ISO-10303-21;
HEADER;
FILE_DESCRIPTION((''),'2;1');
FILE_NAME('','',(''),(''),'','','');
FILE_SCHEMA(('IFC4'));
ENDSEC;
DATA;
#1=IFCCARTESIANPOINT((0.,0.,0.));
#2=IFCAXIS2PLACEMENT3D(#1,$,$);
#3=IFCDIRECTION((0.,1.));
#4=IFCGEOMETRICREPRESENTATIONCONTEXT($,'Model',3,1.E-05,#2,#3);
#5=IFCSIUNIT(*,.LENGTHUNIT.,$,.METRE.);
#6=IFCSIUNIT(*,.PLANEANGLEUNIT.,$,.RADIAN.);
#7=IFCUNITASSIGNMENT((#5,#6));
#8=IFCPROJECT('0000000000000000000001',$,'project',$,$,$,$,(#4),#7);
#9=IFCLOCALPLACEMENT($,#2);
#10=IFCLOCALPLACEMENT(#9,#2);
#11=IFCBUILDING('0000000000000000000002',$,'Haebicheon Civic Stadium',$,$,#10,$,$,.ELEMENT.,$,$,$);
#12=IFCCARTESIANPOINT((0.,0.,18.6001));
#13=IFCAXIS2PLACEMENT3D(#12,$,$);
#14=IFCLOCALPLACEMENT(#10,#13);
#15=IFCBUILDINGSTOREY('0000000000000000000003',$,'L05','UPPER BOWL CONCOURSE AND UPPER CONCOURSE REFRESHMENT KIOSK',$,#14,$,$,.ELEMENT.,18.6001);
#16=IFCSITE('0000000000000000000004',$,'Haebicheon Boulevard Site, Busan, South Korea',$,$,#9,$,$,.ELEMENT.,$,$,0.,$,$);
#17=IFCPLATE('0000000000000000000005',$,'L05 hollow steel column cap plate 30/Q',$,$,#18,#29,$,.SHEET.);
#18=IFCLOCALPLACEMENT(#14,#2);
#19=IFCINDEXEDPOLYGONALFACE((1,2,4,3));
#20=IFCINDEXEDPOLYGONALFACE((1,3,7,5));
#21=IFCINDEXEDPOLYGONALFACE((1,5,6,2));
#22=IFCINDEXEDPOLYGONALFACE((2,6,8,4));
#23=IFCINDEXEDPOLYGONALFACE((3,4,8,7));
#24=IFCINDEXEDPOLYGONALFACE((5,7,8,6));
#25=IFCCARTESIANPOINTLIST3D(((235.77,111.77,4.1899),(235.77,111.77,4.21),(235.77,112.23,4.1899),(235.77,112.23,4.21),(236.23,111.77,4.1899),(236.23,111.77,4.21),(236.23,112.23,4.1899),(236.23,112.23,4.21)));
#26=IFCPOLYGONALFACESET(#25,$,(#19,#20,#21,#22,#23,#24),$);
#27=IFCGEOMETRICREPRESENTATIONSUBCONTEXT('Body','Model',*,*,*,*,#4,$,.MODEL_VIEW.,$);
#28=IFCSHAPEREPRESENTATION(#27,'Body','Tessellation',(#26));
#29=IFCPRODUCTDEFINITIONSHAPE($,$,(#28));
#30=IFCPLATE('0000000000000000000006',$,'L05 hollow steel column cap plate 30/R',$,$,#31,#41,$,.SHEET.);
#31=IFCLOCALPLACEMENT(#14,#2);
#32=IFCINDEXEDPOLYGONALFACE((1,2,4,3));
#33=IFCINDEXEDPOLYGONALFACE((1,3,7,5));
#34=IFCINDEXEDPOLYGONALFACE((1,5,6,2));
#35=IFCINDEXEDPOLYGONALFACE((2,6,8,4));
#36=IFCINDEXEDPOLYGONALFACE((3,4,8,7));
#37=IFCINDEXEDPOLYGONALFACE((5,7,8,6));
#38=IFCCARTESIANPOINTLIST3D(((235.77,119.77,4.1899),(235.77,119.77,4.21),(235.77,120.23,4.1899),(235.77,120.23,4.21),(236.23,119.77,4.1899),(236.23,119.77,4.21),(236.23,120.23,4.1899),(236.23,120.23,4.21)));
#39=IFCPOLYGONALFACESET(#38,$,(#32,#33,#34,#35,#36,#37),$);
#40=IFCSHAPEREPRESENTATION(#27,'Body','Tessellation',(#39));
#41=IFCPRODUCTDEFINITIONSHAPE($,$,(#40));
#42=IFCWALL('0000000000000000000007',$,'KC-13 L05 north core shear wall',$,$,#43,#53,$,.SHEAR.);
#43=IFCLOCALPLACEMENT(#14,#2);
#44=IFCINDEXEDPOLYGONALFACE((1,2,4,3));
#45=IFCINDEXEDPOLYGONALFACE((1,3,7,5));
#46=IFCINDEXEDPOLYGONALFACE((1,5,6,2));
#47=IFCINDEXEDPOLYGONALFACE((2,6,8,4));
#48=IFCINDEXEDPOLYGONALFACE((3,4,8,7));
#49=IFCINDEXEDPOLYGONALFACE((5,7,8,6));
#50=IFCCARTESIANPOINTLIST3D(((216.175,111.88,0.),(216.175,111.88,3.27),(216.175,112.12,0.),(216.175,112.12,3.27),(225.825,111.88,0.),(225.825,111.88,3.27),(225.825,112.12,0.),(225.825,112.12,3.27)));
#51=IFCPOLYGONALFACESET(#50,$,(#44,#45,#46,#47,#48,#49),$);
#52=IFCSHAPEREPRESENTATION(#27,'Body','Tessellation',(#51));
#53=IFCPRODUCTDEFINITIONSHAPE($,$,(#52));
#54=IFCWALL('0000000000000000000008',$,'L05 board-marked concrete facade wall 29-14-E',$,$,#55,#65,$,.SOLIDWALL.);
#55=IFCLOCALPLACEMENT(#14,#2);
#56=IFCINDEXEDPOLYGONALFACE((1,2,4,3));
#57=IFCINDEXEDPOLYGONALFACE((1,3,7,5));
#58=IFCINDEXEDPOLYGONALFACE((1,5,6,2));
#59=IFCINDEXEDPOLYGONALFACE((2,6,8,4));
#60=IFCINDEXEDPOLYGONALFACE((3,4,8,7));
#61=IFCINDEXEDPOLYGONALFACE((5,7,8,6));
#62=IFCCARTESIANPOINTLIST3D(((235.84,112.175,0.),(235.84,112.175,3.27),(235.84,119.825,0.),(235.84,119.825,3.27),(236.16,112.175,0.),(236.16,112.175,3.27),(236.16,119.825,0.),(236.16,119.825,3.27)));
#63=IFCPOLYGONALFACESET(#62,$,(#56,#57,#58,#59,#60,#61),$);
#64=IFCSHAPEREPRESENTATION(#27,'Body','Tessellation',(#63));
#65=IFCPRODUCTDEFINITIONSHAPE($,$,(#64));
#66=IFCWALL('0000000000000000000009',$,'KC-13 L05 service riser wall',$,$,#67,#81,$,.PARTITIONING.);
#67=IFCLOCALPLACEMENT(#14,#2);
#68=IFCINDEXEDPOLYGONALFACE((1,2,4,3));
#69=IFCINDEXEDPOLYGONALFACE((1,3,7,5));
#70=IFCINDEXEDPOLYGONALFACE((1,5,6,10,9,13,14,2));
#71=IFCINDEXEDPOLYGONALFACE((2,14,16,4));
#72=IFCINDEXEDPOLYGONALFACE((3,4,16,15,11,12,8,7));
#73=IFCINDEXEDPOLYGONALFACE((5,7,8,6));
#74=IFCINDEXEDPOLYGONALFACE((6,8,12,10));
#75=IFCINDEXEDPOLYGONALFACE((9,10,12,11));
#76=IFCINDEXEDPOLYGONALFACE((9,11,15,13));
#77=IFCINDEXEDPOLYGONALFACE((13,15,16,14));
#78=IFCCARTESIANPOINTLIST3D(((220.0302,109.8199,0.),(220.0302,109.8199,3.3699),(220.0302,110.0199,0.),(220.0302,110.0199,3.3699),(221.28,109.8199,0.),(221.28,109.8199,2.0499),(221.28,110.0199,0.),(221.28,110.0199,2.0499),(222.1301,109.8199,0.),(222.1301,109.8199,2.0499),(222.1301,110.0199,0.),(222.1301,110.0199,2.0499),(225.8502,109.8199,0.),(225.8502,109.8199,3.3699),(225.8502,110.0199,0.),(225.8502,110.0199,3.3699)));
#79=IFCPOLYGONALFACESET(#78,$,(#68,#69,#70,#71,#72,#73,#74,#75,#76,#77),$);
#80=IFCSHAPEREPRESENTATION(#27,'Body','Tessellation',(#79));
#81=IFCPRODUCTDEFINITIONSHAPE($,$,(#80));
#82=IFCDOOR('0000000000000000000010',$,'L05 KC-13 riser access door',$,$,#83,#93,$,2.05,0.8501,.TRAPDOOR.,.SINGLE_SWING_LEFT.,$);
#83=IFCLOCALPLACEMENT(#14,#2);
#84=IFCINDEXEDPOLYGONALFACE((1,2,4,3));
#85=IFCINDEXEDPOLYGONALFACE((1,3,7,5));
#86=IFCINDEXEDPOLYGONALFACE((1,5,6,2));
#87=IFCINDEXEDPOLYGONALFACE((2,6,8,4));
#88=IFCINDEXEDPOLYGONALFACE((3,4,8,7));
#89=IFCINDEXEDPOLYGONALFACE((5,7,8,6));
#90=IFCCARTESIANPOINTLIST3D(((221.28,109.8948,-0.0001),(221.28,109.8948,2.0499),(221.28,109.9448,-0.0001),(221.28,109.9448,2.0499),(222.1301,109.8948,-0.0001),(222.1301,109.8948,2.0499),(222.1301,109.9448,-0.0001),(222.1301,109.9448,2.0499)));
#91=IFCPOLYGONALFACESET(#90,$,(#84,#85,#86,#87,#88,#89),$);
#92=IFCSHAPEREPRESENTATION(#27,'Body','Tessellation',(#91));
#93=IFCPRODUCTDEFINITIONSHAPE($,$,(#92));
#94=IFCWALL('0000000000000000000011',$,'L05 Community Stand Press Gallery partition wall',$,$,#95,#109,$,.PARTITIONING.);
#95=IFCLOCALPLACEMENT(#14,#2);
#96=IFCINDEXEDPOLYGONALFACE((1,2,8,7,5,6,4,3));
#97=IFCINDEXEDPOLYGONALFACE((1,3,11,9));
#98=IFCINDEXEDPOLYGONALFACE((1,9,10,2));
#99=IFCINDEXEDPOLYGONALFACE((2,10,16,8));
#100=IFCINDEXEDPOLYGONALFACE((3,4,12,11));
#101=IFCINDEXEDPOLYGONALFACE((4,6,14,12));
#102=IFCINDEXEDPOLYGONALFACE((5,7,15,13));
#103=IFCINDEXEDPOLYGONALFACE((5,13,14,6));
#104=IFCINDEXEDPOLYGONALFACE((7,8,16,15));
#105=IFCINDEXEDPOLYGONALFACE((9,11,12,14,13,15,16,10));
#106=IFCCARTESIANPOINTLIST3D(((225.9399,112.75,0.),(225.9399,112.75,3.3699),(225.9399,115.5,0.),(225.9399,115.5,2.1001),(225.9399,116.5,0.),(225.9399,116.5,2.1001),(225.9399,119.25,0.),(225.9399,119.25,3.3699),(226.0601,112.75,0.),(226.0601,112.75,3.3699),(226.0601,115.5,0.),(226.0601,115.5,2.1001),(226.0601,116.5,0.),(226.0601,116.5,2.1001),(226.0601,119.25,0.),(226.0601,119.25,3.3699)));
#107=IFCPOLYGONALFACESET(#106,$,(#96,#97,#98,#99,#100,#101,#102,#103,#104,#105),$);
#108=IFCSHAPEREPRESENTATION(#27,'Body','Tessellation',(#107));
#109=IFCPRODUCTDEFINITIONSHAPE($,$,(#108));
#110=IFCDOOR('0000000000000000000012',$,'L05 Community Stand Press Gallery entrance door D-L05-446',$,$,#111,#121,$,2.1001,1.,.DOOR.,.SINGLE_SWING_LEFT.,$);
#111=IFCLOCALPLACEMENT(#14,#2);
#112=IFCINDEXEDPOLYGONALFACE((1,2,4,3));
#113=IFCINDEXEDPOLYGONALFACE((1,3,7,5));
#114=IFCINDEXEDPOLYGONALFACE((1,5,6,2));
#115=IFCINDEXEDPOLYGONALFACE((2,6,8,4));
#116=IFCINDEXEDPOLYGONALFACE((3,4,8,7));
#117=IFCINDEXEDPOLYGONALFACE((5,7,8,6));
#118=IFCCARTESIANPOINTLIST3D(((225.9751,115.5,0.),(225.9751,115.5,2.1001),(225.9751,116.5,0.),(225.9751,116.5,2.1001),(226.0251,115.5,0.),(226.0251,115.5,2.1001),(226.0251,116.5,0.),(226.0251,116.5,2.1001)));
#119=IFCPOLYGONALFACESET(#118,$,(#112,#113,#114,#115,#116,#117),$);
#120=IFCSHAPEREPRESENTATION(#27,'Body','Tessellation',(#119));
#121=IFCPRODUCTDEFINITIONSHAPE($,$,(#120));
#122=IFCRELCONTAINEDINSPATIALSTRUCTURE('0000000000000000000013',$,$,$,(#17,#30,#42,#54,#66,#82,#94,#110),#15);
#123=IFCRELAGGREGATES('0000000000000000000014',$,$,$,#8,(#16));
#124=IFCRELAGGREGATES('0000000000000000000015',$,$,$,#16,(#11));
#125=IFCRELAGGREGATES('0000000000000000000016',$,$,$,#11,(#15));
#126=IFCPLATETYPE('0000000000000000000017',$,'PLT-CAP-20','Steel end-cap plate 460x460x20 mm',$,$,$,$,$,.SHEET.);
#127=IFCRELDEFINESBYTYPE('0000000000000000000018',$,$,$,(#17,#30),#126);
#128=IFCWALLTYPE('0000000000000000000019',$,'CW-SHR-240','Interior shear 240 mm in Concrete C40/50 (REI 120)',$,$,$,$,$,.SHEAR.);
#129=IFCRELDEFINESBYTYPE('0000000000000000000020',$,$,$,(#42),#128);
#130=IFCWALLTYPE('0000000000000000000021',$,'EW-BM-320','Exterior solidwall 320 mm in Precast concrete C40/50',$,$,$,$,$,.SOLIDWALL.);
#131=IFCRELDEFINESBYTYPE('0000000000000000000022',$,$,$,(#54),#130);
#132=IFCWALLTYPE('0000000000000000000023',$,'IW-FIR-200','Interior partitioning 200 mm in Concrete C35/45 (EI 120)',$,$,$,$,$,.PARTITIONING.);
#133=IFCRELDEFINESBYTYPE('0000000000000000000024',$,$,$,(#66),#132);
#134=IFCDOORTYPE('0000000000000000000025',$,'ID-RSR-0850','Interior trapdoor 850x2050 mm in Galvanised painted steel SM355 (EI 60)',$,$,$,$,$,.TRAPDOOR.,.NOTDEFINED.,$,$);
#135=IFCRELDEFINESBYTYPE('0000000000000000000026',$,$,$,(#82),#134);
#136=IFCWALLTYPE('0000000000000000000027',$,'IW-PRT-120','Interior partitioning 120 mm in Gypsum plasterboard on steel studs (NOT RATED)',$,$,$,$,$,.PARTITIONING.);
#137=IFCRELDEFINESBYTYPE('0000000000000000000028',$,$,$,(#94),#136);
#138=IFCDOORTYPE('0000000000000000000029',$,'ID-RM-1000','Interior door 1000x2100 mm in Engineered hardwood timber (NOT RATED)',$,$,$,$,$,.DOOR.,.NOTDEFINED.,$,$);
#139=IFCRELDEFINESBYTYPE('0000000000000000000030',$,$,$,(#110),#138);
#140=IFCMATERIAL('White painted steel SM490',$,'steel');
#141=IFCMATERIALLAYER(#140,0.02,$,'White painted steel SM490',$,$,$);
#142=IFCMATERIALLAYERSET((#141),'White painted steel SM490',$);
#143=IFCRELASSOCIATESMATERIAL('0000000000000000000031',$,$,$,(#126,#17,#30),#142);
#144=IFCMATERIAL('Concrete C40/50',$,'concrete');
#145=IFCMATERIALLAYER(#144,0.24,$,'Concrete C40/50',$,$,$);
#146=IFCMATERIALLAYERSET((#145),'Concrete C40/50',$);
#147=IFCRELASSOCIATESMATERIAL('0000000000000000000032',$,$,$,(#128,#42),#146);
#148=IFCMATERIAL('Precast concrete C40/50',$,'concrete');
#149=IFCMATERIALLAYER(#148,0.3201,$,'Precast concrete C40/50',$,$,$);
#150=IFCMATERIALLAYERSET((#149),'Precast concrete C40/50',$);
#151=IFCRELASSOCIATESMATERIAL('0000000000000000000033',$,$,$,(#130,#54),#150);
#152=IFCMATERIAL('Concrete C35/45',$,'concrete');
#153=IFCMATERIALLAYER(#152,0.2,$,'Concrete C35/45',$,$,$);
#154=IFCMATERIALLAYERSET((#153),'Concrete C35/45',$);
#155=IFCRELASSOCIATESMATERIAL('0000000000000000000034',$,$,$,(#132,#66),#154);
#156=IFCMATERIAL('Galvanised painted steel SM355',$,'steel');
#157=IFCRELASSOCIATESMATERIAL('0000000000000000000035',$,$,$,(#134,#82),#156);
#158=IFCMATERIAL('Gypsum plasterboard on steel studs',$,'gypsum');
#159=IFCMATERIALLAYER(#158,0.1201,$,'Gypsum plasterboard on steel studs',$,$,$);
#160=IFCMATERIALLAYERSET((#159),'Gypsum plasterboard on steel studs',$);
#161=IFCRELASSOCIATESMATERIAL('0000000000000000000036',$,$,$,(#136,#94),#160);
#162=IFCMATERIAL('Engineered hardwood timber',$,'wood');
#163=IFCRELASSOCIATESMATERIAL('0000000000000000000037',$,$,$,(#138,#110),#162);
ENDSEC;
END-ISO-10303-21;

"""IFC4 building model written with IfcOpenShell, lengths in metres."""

from ifc_helpers import new_model, si_unit, direction, frame, frame_2d, origin, origin_2d, place, context, subcontext, project, spatial, rectangle, extrude, material, layer, layer_set, type_object, element, fill, save


model = new_model("IFC4")

# Units and contexts
model_context = context("Model", 3, precision=1e-05, world=origin(), true_north=direction((0.0, 1.0)))
body_context = subcontext(model_context, "Body", "Model", "MODEL_VIEW")
ifc_project = project(units=[si_unit("LENGTHUNIT", "METRE"), si_unit("PLANEANGLEUNIT", "RADIAN")], contexts=[model_context])

# Site, building, storey
site_placement = place(None, origin())
site = spatial("IfcSite", under=ifc_project, at=site_placement, Name="Haebicheon Boulevard Site, Busan, South Korea", CompositionType="ELEMENT", RefElevation=0.0)
building_placement = place(site_placement, origin())
building = spatial("IfcBuilding", under=site, at=building_placement, Name="Haebicheon Civic Stadium", CompositionType="ELEMENT")
storey_placement = place(building_placement, frame((0.0, 0.0, 18.6001)))
storey = spatial("IfcBuildingStorey", under=building, at=storey_placement, Name="L05", Description="UPPER BOWL CONCOURSE AND UPPER CONCOURSE REFRESHMENT KIOSK", CompositionType="ELEMENT", Elevation=18.6001)

# Plates
ifc_material_1 = material(Name="White painted steel SM490", Category="steel")
ifc_layer_1 = layer(ifc_material_1, 0.02, Name="White painted steel SM490")
ifc_layer_set_1 = layer_set([ifc_layer_1], Name="White painted steel SM490")
plate_type = type_object("IfcPlateType", Name="PLT-CAP-20", Description="Steel end-cap plate 460x460x20 mm", PredefinedType="SHEET", material=ifc_layer_set_1)
for number, where, z_axis, x_axis, name in (
    (1, (236.0, 112.0, 4.1899), (0.0, 0.0, 1.0), (1.0, 0.0, 0.0), "L05 hollow steel column cap plate 30/Q"),
    (2, (236.0, 120.0, 4.1899), (0.0, 0.0, 1.0), (1.0, 0.0, 0.0), "L05 hollow steel column cap plate 30/R"),
):
    element("IfcPlate", number, at=place(storey_placement, frame(where, z_axis=z_axis, x_axis=x_axis)), inside=storey, type_object=plate_type, material=ifc_layer_set_1, Name=name, PredefinedType="SHEET", context=body_context, shape_type="SweptSolid", body=[
        extrude(rectangle(XDim=0.46, YDim=0.46, at=origin_2d()), origin(), (0.0, 0.0, 1.0), 0.02),
    ])

# Walls
ifc_material_2 = material(Name="Concrete C40/50", Category="concrete")
ifc_layer_2 = layer(ifc_material_2, 0.24, Name="Concrete C40/50")
ifc_layer_set_2 = layer_set([ifc_layer_2], Name="Concrete C40/50")
wall_type_1 = type_object("IfcWallType", Name="CW-SHR-240", Description="Interior shear 240 mm in Concrete C40/50 (REI 120)", PredefinedType="SHEAR", material=ifc_layer_set_2)
wall_1_placement = place(storey_placement, frame((216.175, 112.0, 0.0), z_axis=(0.0, 0.0, 1.0), x_axis=(1.0, 0.0, 0.0)))
element("IfcWall", 3, at=wall_1_placement, inside=storey, type_object=wall_type_1, material=ifc_layer_set_2, Name="KC-13 L05 north core shear wall", PredefinedType="SHEAR", context=body_context, shape_type="SweptSolid", body=[
    extrude(rectangle(XDim=9.6499, YDim=0.24, at=frame_2d((4.825, 0.0))), origin(), (0.0, 0.0, 1.0), 3.27),
])
ifc_material_3 = material(Name="Precast concrete C40/50", Category="concrete")
ifc_layer_3 = layer(ifc_material_3, 0.3201, Name="Precast concrete C40/50")
ifc_layer_set_3 = layer_set([ifc_layer_3], Name="Precast concrete C40/50")
wall_type_2 = type_object("IfcWallType", Name="EW-BM-320", Description="Exterior solidwall 320 mm in Precast concrete C40/50", PredefinedType="SOLIDWALL", material=ifc_layer_set_3)
wall_2_placement = place(storey_placement, frame((236.0, 112.175, 0.0), z_axis=(0.0, 0.0, 1.0), x_axis=(0.0, 1.0, 0.0)))
element("IfcWall", 4, at=wall_2_placement, inside=storey, type_object=wall_type_2, material=ifc_layer_set_3, Name="L05 board-marked concrete facade wall 29-14-E", PredefinedType="SOLIDWALL", context=body_context, shape_type="SweptSolid", body=[
    extrude(rectangle(XDim=7.6499, YDim=0.3201, at=frame_2d((3.825, 0.0))), origin(), (0.0, 0.0, 1.0), 3.27),
])

# Walls, openings, doors
ifc_material_4 = material(Name="Concrete C35/45", Category="concrete")
ifc_layer_4 = layer(ifc_material_4, 0.2, Name="Concrete C35/45")
ifc_layer_set_4 = layer_set([ifc_layer_4], Name="Concrete C35/45")
wall_type_3 = type_object("IfcWallType", Name="IW-FIR-200", Description="Interior partitioning 200 mm in Concrete C35/45 (EI 120)", PredefinedType="PARTITIONING", material=ifc_layer_set_4)
wall_3_placement = place(storey_placement, frame((220.03, 109.9199, 0.0), z_axis=(0.0, 0.0, 1.0), x_axis=(1.0, 0.0, 0.0)))
wall_3 = element("IfcWall", 5, at=wall_3_placement, inside=storey, type_object=wall_type_3, material=ifc_layer_set_4, Name="KC-13 L05 service riser wall", PredefinedType="PARTITIONING", context=body_context, shape_type="SweptSolid", body=[
    extrude(rectangle(XDim=5.8201, YDim=0.2, at=frame_2d((2.9102, 0.0))), origin(), (0.0, 0.0, 1.0), 3.3699),
])
opening_1_placement = place(wall_3_placement, frame((1.25, 0.0, 0.0)))
opening_1 = element("IfcOpeningElement", 6, at=opening_1_placement, cuts=wall_3, PredefinedType="OPENING", context=body_context, shape_type="SweptSolid", body=[
    extrude(rectangle(XDim=0.8501, YDim=2.05, at=frame_2d((0.425, 1.0249))), frame((0.0, 0.1099, 0.0), z_axis=(0.0, -1.0, 0.0), x_axis=(1.0, 0.0, 0.0)), (0.0, 0.0, 1.0), 0.22),
])
ifc_material_5 = material(Name="Galvanised painted steel SM355", Category="steel")
door_type_1 = type_object("IfcDoorType", Name="ID-RSR-0850", Description="Interior trapdoor 850x2050 mm in Galvanised painted steel SM355 (EI 60)", OperationType="NOTDEFINED", PredefinedType="TRAPDOOR", material=ifc_material_5)
door_1_placement = place(opening_1_placement, origin())
door_1 = element("IfcDoor", 7, at=door_1_placement, inside=storey, type_object=door_type_1, material=ifc_material_5, Name="L05 KC-13 riser access door", OperationType="SINGLE_SWING_LEFT", OverallHeight=2.05, OverallWidth=0.8501, PredefinedType="TRAPDOOR", context=body_context, shape_type="SweptSolid", body=[
    extrude(rectangle(XDim=0.8501, YDim=2.05, at=frame_2d((0.425, 1.0249))), frame((0.0, 0.0249, 0.0), z_axis=(0.0, -1.0, 0.0), x_axis=(1.0, 0.0, 0.0)), (0.0, 0.0, 1.0), 0.05),
])
fill(opening_1, door_1)
ifc_material_6 = material(Name="Gypsum plasterboard on steel studs", Category="gypsum")
ifc_layer_5 = layer(ifc_material_6, 0.1201, Name="Gypsum plasterboard on steel studs")
ifc_layer_set_5 = layer_set([ifc_layer_5], Name="Gypsum plasterboard on steel studs")
wall_type_4 = type_object("IfcWallType", Name="IW-PRT-120", Description="Interior partitioning 120 mm in Gypsum plasterboard on steel studs (NOT RATED)", PredefinedType="PARTITIONING", material=ifc_layer_set_5)
wall_4_placement = place(storey_placement, frame((226.0, 112.75, 0.0), z_axis=(0.0, 0.0, 1.0), x_axis=(0.0, 1.0, 0.0)))
wall_4 = element("IfcWall", 8, at=wall_4_placement, inside=storey, type_object=wall_type_4, material=ifc_layer_set_5, Name="L05 Community Stand Press Gallery partition wall", PredefinedType="PARTITIONING", context=body_context, shape_type="SweptSolid", body=[
    extrude(rectangle(XDim=6.5, YDim=0.1201, at=frame_2d((3.25, 0.0))), origin(), (0.0, 0.0, 1.0), 3.3699),
])
opening_2_placement = place(wall_4_placement, frame((2.75, 0.0, 0.0)))
opening_2 = element("IfcOpeningElement", 9, at=opening_2_placement, cuts=wall_4, PredefinedType="OPENING", context=body_context, shape_type="SweptSolid", body=[
    extrude(rectangle(XDim=1.0, YDim=2.1001, at=frame_2d((0.5, 1.05))), frame((0.0, 0.0701, 0.0), z_axis=(0.0, -1.0, 0.0), x_axis=(1.0, 0.0, 0.0)), (0.0, 0.0, 1.0), 0.1401),
])
ifc_material_7 = material(Name="Engineered hardwood timber", Category="wood")
door_type_2 = type_object("IfcDoorType", Name="ID-RM-1000", Description="Interior door 1000x2100 mm in Engineered hardwood timber (NOT RATED)", OperationType="NOTDEFINED", PredefinedType="DOOR", material=ifc_material_7)
door_2_placement = place(opening_2_placement, origin())
door_2 = element("IfcDoor", 10, at=door_2_placement, inside=storey, type_object=door_type_2, material=ifc_material_7, Name="L05 Community Stand Press Gallery entrance door D-L05-446", OperationType="SINGLE_SWING_LEFT", OverallHeight=2.1001, OverallWidth=1.0, PredefinedType="DOOR", context=body_context, shape_type="SweptSolid", body=[
    extrude(rectangle(XDim=1.0, YDim=2.1001, at=frame_2d((0.5, 1.05))), frame((0.0, 0.0249, 0.0), z_axis=(0.0, -1.0, 0.0), x_axis=(1.0, 0.0, 0.0)), (0.0, 0.0, 1.0), 0.05),
])
fill(opening_2, door_2)

save(model, "model.ifc")
